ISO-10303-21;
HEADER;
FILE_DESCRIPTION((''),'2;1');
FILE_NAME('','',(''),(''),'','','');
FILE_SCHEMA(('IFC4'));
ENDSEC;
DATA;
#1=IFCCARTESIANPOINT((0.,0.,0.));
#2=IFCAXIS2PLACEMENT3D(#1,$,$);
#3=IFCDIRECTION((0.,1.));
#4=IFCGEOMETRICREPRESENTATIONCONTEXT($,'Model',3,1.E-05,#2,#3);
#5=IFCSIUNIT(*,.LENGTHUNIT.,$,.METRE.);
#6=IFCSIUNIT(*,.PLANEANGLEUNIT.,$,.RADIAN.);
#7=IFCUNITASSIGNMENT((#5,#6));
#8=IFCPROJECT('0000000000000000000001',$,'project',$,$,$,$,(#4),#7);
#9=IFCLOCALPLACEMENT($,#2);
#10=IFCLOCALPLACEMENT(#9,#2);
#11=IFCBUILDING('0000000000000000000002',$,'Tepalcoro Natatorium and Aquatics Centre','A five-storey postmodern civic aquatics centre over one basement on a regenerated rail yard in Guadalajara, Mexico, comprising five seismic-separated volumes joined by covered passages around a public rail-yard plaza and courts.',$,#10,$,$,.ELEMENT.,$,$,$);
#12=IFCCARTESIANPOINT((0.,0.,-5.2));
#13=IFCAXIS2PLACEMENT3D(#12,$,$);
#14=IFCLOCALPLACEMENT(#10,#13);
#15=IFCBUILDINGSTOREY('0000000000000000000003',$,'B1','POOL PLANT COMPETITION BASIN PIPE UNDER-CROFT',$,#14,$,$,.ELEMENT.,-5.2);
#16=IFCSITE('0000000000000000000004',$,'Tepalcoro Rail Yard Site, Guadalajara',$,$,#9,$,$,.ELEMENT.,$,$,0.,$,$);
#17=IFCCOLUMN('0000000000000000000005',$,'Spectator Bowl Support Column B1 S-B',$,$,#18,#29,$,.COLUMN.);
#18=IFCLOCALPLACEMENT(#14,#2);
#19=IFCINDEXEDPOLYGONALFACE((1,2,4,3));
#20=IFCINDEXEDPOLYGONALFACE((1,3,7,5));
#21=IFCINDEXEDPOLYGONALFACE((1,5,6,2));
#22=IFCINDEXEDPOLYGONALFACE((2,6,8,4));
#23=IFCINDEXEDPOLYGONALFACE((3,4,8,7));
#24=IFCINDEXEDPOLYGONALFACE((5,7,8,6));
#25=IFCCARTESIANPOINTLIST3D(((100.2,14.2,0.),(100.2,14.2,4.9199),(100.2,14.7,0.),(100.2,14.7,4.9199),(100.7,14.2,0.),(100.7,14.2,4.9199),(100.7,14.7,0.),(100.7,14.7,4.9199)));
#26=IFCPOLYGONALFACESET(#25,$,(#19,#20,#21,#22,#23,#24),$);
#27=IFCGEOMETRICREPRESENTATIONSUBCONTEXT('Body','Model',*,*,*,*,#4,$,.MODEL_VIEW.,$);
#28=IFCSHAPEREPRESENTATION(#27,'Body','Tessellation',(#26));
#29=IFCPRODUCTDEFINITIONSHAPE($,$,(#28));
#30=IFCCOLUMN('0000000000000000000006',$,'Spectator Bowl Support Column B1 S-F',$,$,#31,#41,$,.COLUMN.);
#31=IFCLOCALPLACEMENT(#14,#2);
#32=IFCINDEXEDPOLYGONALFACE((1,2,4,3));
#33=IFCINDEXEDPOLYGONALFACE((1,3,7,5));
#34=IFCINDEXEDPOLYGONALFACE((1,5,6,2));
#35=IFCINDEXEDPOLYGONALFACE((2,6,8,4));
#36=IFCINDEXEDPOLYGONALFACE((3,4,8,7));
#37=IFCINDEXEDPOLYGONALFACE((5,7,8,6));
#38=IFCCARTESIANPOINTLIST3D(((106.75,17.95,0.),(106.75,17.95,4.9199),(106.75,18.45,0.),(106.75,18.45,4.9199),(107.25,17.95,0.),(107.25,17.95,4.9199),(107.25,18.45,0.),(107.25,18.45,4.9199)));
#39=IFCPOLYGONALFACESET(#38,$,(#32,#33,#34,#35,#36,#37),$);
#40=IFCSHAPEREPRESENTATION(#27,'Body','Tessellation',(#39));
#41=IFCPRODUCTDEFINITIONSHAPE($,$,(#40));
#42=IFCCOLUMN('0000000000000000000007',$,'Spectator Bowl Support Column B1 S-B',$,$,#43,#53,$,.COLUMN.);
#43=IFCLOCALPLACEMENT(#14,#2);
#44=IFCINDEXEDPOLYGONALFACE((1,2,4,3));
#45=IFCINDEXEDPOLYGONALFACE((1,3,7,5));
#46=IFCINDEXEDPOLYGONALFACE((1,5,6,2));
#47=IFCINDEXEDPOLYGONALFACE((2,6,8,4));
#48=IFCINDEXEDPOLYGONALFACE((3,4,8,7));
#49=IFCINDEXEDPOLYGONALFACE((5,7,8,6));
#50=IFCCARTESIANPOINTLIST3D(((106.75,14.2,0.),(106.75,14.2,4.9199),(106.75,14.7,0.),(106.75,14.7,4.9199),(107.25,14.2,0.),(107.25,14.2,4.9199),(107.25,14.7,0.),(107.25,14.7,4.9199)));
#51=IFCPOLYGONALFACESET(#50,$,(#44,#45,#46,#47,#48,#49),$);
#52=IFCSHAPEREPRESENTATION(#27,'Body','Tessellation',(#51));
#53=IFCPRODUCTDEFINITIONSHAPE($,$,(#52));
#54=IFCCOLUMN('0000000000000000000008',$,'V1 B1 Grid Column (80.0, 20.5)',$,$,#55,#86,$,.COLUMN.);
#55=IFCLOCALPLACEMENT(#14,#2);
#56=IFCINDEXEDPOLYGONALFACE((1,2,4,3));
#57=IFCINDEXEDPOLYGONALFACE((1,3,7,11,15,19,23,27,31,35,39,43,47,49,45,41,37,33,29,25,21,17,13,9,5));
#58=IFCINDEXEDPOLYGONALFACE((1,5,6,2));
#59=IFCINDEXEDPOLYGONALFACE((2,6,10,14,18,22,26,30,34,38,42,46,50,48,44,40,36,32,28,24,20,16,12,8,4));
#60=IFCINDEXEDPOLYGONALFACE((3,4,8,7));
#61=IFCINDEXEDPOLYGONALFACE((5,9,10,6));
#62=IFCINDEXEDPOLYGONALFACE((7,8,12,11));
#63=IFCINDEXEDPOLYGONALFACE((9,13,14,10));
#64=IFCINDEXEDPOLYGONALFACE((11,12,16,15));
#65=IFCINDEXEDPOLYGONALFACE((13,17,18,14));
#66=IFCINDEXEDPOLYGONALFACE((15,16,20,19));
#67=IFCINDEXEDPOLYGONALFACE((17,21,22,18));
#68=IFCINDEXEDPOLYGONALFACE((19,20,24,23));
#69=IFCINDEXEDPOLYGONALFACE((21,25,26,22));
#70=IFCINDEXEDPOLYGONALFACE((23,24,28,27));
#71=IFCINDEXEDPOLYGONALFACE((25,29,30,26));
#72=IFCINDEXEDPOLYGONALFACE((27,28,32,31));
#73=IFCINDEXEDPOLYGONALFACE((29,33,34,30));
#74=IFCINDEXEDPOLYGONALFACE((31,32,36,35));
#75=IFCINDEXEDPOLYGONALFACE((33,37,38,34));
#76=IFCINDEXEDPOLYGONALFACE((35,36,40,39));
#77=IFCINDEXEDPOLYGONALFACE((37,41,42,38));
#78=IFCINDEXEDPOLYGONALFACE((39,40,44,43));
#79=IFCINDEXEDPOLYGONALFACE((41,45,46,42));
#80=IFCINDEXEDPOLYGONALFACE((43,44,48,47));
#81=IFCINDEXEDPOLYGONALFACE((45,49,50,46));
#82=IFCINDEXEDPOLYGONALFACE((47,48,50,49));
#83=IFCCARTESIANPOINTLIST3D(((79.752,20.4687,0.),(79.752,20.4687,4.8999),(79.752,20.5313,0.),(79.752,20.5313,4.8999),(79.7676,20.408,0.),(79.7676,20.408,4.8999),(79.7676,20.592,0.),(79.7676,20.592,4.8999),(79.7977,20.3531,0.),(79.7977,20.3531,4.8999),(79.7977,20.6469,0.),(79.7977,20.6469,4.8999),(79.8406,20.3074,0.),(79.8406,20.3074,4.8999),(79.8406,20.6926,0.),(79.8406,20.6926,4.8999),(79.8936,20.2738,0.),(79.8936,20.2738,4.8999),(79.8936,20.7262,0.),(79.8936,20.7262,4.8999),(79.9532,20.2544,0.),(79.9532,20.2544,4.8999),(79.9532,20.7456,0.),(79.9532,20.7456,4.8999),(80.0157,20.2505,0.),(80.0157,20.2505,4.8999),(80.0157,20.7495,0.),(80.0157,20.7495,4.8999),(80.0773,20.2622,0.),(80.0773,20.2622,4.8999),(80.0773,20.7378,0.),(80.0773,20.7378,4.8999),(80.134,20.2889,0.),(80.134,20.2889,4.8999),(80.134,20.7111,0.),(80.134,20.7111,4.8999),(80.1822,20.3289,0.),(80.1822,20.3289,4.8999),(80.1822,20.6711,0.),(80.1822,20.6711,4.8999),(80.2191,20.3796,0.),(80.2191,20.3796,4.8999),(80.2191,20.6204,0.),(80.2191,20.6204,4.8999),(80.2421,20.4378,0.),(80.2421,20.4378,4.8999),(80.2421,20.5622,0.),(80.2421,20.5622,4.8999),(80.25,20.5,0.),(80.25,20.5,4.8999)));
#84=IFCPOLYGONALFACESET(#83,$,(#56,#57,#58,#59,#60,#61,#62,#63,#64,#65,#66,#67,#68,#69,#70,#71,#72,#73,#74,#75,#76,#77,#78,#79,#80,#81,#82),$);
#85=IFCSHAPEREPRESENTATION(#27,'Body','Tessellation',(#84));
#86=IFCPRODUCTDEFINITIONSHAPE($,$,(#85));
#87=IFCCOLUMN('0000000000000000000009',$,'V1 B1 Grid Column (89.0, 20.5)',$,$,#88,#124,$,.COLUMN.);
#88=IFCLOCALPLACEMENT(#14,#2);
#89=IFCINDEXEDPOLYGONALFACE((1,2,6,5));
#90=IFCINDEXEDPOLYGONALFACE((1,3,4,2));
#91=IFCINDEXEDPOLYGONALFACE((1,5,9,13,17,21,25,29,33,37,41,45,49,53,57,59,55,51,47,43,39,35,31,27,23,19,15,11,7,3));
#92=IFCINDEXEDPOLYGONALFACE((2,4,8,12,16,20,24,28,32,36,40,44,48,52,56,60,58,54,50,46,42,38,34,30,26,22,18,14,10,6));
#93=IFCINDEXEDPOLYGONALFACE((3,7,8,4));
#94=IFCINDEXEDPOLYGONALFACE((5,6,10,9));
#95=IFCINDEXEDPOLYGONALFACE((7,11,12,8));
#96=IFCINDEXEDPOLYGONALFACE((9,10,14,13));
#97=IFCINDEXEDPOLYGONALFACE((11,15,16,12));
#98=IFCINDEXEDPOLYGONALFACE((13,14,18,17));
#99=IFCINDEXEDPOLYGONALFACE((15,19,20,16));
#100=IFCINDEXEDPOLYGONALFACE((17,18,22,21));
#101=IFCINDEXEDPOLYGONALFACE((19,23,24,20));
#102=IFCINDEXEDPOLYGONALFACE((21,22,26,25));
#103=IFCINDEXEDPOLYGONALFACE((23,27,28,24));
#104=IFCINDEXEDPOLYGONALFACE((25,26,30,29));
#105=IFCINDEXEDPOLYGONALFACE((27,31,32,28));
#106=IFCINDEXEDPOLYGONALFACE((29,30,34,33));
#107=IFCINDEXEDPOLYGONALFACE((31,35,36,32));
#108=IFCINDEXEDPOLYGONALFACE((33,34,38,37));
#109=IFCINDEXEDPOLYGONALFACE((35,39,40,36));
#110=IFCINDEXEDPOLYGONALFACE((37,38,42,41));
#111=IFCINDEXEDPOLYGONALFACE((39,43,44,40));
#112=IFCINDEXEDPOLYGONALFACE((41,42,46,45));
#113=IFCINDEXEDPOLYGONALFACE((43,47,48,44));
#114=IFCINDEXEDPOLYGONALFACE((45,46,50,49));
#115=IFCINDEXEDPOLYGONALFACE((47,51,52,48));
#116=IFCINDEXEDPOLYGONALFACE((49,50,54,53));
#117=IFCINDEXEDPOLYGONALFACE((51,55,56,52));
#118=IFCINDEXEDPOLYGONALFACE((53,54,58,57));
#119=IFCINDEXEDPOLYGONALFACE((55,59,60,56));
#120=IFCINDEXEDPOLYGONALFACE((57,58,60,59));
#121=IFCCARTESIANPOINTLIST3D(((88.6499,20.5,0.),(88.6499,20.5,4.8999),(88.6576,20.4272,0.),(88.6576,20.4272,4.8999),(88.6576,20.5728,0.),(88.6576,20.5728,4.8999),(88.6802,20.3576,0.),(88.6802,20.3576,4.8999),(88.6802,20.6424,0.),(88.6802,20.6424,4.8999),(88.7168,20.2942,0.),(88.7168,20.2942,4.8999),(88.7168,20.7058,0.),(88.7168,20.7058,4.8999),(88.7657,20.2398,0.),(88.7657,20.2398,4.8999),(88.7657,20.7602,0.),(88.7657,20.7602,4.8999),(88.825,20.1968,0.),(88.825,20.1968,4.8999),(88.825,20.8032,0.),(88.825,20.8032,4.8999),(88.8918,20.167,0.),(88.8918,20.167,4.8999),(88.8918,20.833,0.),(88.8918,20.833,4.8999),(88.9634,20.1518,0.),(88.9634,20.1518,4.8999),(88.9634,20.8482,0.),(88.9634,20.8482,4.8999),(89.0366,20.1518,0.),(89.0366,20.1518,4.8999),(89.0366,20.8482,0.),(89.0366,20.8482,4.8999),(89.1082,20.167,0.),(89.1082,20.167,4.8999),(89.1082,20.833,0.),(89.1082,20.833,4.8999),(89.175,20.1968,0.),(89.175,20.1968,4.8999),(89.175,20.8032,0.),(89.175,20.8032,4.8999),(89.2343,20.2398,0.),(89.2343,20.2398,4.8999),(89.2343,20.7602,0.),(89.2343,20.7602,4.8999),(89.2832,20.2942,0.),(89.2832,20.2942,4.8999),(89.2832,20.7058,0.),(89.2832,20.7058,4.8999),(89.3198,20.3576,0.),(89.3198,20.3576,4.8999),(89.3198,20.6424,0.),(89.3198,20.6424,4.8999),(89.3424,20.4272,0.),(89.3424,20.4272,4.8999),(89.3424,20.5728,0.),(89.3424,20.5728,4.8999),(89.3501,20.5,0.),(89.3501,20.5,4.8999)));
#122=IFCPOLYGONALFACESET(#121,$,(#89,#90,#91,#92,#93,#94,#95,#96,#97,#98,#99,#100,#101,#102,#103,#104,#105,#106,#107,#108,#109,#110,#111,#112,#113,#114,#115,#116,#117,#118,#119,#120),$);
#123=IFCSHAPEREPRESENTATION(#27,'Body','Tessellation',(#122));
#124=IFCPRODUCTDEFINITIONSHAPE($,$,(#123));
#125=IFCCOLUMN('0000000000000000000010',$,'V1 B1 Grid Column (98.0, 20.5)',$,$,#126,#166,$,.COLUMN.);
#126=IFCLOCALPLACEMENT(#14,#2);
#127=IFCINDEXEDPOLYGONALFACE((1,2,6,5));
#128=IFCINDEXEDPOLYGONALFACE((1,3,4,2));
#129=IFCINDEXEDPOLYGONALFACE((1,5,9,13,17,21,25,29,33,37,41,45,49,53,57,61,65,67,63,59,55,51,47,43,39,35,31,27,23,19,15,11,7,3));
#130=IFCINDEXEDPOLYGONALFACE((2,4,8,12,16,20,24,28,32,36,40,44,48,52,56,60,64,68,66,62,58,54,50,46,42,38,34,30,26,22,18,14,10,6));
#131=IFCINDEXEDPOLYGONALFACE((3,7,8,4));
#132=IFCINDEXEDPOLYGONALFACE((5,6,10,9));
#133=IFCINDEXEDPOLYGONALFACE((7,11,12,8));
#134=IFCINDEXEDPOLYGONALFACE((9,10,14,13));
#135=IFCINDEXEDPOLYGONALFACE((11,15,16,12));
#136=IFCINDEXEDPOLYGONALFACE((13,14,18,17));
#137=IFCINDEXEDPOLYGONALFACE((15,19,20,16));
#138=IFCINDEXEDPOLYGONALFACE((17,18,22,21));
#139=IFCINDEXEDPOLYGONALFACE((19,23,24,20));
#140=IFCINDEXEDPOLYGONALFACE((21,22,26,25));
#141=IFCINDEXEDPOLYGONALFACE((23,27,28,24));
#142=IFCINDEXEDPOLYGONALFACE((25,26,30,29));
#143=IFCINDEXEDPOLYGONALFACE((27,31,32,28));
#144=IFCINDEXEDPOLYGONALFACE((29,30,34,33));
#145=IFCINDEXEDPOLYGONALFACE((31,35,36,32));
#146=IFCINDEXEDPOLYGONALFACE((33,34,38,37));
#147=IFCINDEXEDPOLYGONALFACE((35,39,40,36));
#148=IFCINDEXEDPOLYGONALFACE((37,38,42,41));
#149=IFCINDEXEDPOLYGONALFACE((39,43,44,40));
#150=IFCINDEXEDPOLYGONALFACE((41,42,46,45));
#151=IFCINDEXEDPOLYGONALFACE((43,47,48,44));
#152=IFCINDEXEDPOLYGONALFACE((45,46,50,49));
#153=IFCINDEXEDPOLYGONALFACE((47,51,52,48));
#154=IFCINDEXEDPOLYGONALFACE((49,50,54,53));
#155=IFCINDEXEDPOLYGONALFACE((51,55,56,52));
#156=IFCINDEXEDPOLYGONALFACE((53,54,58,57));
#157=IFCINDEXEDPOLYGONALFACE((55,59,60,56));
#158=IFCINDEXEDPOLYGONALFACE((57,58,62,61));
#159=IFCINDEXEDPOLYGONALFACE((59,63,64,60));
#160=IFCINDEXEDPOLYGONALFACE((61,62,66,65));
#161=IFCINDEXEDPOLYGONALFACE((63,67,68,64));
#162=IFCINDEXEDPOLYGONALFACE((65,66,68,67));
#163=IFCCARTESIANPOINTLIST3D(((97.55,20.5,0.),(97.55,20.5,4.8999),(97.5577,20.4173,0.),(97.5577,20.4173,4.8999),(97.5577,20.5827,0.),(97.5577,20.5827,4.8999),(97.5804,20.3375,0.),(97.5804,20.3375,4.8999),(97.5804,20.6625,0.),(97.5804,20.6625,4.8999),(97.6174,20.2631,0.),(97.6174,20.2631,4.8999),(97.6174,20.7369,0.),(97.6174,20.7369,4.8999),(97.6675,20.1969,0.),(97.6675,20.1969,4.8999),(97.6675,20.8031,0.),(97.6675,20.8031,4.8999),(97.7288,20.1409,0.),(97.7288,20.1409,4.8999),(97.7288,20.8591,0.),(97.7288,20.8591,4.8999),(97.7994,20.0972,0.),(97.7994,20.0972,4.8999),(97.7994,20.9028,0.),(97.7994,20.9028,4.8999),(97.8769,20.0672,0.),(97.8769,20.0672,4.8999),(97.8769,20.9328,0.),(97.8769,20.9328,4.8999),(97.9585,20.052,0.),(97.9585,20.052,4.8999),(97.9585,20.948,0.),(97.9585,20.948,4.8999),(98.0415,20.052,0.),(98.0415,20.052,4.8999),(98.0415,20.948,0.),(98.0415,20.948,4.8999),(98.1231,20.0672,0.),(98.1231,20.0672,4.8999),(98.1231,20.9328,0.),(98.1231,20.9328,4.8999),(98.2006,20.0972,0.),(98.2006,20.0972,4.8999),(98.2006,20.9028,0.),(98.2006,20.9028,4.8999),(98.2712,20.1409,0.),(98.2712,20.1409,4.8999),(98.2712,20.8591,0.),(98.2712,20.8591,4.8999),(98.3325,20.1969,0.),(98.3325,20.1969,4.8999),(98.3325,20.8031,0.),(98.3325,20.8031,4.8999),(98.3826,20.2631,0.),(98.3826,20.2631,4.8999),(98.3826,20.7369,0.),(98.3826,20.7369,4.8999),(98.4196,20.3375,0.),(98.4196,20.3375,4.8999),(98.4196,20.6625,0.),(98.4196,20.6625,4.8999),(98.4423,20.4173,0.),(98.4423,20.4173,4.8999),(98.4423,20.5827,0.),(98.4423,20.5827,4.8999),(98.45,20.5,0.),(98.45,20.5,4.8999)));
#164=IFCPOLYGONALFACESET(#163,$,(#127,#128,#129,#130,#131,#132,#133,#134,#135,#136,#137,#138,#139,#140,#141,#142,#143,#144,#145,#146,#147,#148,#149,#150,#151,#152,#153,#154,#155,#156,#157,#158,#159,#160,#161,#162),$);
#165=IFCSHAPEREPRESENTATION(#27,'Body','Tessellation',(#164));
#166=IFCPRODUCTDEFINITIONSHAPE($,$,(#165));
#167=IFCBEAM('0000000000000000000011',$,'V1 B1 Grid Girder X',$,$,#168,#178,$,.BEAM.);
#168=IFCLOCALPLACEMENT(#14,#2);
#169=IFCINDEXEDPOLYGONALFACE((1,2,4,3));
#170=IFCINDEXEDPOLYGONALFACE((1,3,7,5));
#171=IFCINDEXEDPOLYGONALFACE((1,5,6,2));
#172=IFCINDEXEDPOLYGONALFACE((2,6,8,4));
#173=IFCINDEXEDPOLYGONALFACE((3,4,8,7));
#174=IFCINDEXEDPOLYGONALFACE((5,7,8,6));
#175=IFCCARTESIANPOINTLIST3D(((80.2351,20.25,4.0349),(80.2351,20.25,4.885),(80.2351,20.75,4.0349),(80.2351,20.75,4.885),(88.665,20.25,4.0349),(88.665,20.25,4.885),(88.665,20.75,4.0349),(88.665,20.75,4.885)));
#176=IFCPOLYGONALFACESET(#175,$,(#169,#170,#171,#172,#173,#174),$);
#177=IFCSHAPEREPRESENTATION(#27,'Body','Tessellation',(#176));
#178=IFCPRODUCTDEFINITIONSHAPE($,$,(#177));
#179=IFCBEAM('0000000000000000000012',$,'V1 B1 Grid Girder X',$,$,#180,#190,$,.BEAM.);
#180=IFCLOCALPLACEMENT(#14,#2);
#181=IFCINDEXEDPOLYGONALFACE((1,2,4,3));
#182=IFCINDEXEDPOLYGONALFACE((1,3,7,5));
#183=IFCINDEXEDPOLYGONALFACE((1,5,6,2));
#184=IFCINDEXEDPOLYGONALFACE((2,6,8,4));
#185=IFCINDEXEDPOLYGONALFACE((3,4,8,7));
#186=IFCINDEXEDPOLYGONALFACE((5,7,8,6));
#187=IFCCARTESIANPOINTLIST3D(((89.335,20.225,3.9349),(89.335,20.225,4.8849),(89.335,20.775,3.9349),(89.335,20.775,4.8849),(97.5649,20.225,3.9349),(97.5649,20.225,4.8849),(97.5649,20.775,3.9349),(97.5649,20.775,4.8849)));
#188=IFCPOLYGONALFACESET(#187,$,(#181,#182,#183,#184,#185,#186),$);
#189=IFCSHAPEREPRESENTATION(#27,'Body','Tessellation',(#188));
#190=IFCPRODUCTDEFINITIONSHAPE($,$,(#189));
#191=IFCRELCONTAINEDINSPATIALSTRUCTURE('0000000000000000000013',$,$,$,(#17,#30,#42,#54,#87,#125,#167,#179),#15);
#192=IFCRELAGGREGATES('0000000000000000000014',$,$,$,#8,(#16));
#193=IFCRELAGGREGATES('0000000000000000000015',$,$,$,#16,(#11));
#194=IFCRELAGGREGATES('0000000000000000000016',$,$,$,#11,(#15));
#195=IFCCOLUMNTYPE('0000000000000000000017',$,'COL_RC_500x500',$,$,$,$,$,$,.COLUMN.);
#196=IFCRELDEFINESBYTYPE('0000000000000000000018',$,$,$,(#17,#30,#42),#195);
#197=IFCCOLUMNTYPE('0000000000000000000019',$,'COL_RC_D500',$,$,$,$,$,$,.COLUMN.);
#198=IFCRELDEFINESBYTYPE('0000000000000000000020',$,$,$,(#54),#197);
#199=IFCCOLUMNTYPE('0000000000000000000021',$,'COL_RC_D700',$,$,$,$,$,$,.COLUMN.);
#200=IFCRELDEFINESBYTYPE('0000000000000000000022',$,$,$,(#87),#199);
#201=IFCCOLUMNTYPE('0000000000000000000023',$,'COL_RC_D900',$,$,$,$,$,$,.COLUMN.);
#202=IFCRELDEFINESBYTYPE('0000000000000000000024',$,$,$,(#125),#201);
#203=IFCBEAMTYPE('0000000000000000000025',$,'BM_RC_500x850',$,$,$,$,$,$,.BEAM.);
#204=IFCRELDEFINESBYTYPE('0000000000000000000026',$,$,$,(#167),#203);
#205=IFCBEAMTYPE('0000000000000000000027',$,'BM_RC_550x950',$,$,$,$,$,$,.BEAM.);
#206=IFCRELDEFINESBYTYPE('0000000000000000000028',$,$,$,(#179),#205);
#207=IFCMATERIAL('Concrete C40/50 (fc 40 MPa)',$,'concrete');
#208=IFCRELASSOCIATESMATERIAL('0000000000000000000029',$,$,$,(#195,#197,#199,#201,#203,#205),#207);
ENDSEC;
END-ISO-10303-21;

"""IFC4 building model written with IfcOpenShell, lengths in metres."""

from ifc_helpers import new_model, si_unit, direction, frame, origin, origin_2d, place, context, subcontext, project, spatial, rectangle, circle, extrude, material, material_profile, profile_set, type_object, element, save


model = new_model("IFC4")

# Units and contexts
model_context = context("Model", 3, precision=1e-05, world=origin(), true_north=direction((0.0, 1.0)))
body_context = subcontext(model_context, "Body", "Model", "MODEL_VIEW")
ifc_project = project(units=[si_unit("LENGTHUNIT", "METRE"), si_unit("PLANEANGLEUNIT", "RADIAN")], contexts=[model_context])

# Site, building, storey
site_placement = place(None, origin())
site = spatial("IfcSite", under=ifc_project, at=site_placement, Name="Tepalcoro Rail Yard Site, Guadalajara", CompositionType="ELEMENT", RefElevation=0.0)
building_placement = place(site_placement, origin())
building = spatial("IfcBuilding", under=site, at=building_placement, Name="Tepalcoro Natatorium and Aquatics Centre", Description="A five-storey postmodern civic aquatics centre over one basement on a regenerated rail yard in Guadalajara, Mexico, comprising five seismic-separated volumes joined by covered passages around a public rail-yard plaza and courts.", CompositionType="ELEMENT")
storey_placement = place(building_placement, frame((0.0, 0.0, -5.2)))
storey = spatial("IfcBuildingStorey", under=building, at=storey_placement, Name="B1", Description="POOL PLANT COMPETITION BASIN PIPE UNDER-CROFT", CompositionType="ELEMENT", Elevation=-5.2)

# Shared definitions
ifc_material_1 = material(Name="Concrete C40/50 (fc 40 MPa)", Category="concrete")

# Columns
ifc_material_profile_1 = material_profile(ifc_material_1, rectangle(XDim=0.5, YDim=0.5, at=origin_2d()), Name="RC500x500")
ifc_profile_set_1 = profile_set([ifc_material_profile_1], Name="Concrete C40/50 (fc 40 MPa)")
column_type_1 = type_object("IfcColumnType", Name="COL_RC_500x500", PredefinedType="COLUMN", material=ifc_profile_set_1)
for number, where, z_axis, x_axis, name in (
    (1, (100.45, 14.45, 0.0), (0.0, 0.0, 1.0), (1.0, 0.0, 0.0), "Spectator Bowl Support Column B1 S-B"),
    (2, (107.0, 18.2, 0.0), (0.0, 0.0, 1.0), (1.0, 0.0, 0.0), "Spectator Bowl Support Column B1 S-F"),
    (3, (107.0, 14.45, 0.0), (0.0, 0.0, 1.0), (1.0, 0.0, 0.0), "Spectator Bowl Support Column B1 S-B"),
):
    element("IfcColumn", number, at=place(storey_placement, frame(where, z_axis=z_axis, x_axis=x_axis)), inside=storey, type_object=column_type_1, Name=name, PredefinedType="COLUMN", context=body_context, shape_type="SweptSolid", body=[
        extrude(rectangle(XDim=0.5, YDim=0.5, at=origin_2d()), origin(), (0.0, 0.0, 1.0), 4.9199),
    ])
ifc_material_profile_2 = material_profile(ifc_material_1, circle(Radius=0.25, at=origin_2d()), Name="RCD500")
ifc_profile_set_2 = profile_set([ifc_material_profile_2], Name="Concrete C40/50 (fc 40 MPa)")
column_type_2 = type_object("IfcColumnType", Name="COL_RC_D500", PredefinedType="COLUMN", material=ifc_profile_set_2)
column_1_placement = place(storey_placement, frame((80.0, 20.5, 0.0), z_axis=(0.0, 0.0, 1.0), x_axis=(1.0, 0.0, 0.0)))
element("IfcColumn", 4, at=column_1_placement, inside=storey, type_object=column_type_2, Name="V1 B1 Grid Column (80.0, 20.5)", PredefinedType="COLUMN", context=body_context, shape_type="SweptSolid", body=[
    extrude(circle(Radius=0.25, at=origin_2d()), origin(), (0.0, 0.0, 1.0), 4.8999),
])
ifc_material_profile_3 = material_profile(ifc_material_1, circle(Radius=0.3501, at=origin_2d()), Name="RCD700")
ifc_profile_set_3 = profile_set([ifc_material_profile_3], Name="Concrete C40/50 (fc 40 MPa)")
column_type_3 = type_object("IfcColumnType", Name="COL_RC_D700", PredefinedType="COLUMN", material=ifc_profile_set_3)
column_2_placement = place(storey_placement, frame((89.0, 20.5, 0.0), z_axis=(0.0, 0.0, 1.0), x_axis=(1.0, 0.0, 0.0)))
element("IfcColumn", 5, at=column_2_placement, inside=storey, type_object=column_type_3, Name="V1 B1 Grid Column (89.0, 20.5)", PredefinedType="COLUMN", context=body_context, shape_type="SweptSolid", body=[
    extrude(circle(Radius=0.3501, at=origin_2d()), origin(), (0.0, 0.0, 1.0), 4.8999),
])
ifc_material_profile_4 = material_profile(ifc_material_1, circle(Radius=0.45, at=origin_2d()), Name="RCD900")
ifc_profile_set_4 = profile_set([ifc_material_profile_4], Name="Concrete C40/50 (fc 40 MPa)")
column_type_4 = type_object("IfcColumnType", Name="COL_RC_D900", PredefinedType="COLUMN", material=ifc_profile_set_4)
column_3_placement = place(storey_placement, frame((98.0, 20.5, 0.0), z_axis=(0.0, 0.0, 1.0), x_axis=(1.0, 0.0, 0.0)))
element("IfcColumn", 6, at=column_3_placement, inside=storey, type_object=column_type_4, Name="V1 B1 Grid Column (98.0, 20.5)", PredefinedType="COLUMN", context=body_context, shape_type="SweptSolid", body=[
    extrude(circle(Radius=0.45, at=origin_2d()), origin(), (0.0, 0.0, 1.0), 4.8999),
])

# Beams
ifc_material_profile_5 = material_profile(ifc_material_1, rectangle(XDim=0.5, YDim=0.8501, at=origin_2d()), Name="RCB500x850")
ifc_profile_set_5 = profile_set([ifc_material_profile_5], Name="Concrete C40/50 (fc 40 MPa)")
beam_type_1 = type_object("IfcBeamType", Name="BM_RC_500x850", PredefinedType="BEAM", material=ifc_profile_set_5)
beam_1_placement = place(storey_placement, frame((80.2351, 20.5, 4.46), z_axis=(1.0, 0.0, 0.0), x_axis=(0.0, 1.0, 0.0)))
element("IfcBeam", 7, at=beam_1_placement, inside=storey, type_object=beam_type_1, Name="V1 B1 Grid Girder X", PredefinedType="BEAM", context=body_context, shape_type="SweptSolid", body=[
    extrude(rectangle(XDim=0.5, YDim=0.8501, at=origin_2d()), origin(), (0.0, 0.0, 1.0), 8.4299),
])
ifc_material_profile_6 = material_profile(ifc_material_1, rectangle(XDim=0.55, YDim=0.95, at=origin_2d()), Name="RCB550x950")
ifc_profile_set_6 = profile_set([ifc_material_profile_6], Name="Concrete C40/50 (fc 40 MPa)")
beam_type_2 = type_object("IfcBeamType", Name="BM_RC_550x950", PredefinedType="BEAM", material=ifc_profile_set_6)
beam_2_placement = place(storey_placement, frame((89.335, 20.5, 4.4099), z_axis=(1.0, 0.0, 0.0), x_axis=(0.0, 1.0, 0.0)))
element("IfcBeam", 8, at=beam_2_placement, inside=storey, type_object=beam_type_2, Name="V1 B1 Grid Girder X", PredefinedType="BEAM", context=body_context, shape_type="SweptSolid", body=[
    extrude(rectangle(XDim=0.55, YDim=0.95, at=origin_2d()), origin(), (0.0, 0.0, 1.0), 8.23),
])

save(model, "model.ifc")
